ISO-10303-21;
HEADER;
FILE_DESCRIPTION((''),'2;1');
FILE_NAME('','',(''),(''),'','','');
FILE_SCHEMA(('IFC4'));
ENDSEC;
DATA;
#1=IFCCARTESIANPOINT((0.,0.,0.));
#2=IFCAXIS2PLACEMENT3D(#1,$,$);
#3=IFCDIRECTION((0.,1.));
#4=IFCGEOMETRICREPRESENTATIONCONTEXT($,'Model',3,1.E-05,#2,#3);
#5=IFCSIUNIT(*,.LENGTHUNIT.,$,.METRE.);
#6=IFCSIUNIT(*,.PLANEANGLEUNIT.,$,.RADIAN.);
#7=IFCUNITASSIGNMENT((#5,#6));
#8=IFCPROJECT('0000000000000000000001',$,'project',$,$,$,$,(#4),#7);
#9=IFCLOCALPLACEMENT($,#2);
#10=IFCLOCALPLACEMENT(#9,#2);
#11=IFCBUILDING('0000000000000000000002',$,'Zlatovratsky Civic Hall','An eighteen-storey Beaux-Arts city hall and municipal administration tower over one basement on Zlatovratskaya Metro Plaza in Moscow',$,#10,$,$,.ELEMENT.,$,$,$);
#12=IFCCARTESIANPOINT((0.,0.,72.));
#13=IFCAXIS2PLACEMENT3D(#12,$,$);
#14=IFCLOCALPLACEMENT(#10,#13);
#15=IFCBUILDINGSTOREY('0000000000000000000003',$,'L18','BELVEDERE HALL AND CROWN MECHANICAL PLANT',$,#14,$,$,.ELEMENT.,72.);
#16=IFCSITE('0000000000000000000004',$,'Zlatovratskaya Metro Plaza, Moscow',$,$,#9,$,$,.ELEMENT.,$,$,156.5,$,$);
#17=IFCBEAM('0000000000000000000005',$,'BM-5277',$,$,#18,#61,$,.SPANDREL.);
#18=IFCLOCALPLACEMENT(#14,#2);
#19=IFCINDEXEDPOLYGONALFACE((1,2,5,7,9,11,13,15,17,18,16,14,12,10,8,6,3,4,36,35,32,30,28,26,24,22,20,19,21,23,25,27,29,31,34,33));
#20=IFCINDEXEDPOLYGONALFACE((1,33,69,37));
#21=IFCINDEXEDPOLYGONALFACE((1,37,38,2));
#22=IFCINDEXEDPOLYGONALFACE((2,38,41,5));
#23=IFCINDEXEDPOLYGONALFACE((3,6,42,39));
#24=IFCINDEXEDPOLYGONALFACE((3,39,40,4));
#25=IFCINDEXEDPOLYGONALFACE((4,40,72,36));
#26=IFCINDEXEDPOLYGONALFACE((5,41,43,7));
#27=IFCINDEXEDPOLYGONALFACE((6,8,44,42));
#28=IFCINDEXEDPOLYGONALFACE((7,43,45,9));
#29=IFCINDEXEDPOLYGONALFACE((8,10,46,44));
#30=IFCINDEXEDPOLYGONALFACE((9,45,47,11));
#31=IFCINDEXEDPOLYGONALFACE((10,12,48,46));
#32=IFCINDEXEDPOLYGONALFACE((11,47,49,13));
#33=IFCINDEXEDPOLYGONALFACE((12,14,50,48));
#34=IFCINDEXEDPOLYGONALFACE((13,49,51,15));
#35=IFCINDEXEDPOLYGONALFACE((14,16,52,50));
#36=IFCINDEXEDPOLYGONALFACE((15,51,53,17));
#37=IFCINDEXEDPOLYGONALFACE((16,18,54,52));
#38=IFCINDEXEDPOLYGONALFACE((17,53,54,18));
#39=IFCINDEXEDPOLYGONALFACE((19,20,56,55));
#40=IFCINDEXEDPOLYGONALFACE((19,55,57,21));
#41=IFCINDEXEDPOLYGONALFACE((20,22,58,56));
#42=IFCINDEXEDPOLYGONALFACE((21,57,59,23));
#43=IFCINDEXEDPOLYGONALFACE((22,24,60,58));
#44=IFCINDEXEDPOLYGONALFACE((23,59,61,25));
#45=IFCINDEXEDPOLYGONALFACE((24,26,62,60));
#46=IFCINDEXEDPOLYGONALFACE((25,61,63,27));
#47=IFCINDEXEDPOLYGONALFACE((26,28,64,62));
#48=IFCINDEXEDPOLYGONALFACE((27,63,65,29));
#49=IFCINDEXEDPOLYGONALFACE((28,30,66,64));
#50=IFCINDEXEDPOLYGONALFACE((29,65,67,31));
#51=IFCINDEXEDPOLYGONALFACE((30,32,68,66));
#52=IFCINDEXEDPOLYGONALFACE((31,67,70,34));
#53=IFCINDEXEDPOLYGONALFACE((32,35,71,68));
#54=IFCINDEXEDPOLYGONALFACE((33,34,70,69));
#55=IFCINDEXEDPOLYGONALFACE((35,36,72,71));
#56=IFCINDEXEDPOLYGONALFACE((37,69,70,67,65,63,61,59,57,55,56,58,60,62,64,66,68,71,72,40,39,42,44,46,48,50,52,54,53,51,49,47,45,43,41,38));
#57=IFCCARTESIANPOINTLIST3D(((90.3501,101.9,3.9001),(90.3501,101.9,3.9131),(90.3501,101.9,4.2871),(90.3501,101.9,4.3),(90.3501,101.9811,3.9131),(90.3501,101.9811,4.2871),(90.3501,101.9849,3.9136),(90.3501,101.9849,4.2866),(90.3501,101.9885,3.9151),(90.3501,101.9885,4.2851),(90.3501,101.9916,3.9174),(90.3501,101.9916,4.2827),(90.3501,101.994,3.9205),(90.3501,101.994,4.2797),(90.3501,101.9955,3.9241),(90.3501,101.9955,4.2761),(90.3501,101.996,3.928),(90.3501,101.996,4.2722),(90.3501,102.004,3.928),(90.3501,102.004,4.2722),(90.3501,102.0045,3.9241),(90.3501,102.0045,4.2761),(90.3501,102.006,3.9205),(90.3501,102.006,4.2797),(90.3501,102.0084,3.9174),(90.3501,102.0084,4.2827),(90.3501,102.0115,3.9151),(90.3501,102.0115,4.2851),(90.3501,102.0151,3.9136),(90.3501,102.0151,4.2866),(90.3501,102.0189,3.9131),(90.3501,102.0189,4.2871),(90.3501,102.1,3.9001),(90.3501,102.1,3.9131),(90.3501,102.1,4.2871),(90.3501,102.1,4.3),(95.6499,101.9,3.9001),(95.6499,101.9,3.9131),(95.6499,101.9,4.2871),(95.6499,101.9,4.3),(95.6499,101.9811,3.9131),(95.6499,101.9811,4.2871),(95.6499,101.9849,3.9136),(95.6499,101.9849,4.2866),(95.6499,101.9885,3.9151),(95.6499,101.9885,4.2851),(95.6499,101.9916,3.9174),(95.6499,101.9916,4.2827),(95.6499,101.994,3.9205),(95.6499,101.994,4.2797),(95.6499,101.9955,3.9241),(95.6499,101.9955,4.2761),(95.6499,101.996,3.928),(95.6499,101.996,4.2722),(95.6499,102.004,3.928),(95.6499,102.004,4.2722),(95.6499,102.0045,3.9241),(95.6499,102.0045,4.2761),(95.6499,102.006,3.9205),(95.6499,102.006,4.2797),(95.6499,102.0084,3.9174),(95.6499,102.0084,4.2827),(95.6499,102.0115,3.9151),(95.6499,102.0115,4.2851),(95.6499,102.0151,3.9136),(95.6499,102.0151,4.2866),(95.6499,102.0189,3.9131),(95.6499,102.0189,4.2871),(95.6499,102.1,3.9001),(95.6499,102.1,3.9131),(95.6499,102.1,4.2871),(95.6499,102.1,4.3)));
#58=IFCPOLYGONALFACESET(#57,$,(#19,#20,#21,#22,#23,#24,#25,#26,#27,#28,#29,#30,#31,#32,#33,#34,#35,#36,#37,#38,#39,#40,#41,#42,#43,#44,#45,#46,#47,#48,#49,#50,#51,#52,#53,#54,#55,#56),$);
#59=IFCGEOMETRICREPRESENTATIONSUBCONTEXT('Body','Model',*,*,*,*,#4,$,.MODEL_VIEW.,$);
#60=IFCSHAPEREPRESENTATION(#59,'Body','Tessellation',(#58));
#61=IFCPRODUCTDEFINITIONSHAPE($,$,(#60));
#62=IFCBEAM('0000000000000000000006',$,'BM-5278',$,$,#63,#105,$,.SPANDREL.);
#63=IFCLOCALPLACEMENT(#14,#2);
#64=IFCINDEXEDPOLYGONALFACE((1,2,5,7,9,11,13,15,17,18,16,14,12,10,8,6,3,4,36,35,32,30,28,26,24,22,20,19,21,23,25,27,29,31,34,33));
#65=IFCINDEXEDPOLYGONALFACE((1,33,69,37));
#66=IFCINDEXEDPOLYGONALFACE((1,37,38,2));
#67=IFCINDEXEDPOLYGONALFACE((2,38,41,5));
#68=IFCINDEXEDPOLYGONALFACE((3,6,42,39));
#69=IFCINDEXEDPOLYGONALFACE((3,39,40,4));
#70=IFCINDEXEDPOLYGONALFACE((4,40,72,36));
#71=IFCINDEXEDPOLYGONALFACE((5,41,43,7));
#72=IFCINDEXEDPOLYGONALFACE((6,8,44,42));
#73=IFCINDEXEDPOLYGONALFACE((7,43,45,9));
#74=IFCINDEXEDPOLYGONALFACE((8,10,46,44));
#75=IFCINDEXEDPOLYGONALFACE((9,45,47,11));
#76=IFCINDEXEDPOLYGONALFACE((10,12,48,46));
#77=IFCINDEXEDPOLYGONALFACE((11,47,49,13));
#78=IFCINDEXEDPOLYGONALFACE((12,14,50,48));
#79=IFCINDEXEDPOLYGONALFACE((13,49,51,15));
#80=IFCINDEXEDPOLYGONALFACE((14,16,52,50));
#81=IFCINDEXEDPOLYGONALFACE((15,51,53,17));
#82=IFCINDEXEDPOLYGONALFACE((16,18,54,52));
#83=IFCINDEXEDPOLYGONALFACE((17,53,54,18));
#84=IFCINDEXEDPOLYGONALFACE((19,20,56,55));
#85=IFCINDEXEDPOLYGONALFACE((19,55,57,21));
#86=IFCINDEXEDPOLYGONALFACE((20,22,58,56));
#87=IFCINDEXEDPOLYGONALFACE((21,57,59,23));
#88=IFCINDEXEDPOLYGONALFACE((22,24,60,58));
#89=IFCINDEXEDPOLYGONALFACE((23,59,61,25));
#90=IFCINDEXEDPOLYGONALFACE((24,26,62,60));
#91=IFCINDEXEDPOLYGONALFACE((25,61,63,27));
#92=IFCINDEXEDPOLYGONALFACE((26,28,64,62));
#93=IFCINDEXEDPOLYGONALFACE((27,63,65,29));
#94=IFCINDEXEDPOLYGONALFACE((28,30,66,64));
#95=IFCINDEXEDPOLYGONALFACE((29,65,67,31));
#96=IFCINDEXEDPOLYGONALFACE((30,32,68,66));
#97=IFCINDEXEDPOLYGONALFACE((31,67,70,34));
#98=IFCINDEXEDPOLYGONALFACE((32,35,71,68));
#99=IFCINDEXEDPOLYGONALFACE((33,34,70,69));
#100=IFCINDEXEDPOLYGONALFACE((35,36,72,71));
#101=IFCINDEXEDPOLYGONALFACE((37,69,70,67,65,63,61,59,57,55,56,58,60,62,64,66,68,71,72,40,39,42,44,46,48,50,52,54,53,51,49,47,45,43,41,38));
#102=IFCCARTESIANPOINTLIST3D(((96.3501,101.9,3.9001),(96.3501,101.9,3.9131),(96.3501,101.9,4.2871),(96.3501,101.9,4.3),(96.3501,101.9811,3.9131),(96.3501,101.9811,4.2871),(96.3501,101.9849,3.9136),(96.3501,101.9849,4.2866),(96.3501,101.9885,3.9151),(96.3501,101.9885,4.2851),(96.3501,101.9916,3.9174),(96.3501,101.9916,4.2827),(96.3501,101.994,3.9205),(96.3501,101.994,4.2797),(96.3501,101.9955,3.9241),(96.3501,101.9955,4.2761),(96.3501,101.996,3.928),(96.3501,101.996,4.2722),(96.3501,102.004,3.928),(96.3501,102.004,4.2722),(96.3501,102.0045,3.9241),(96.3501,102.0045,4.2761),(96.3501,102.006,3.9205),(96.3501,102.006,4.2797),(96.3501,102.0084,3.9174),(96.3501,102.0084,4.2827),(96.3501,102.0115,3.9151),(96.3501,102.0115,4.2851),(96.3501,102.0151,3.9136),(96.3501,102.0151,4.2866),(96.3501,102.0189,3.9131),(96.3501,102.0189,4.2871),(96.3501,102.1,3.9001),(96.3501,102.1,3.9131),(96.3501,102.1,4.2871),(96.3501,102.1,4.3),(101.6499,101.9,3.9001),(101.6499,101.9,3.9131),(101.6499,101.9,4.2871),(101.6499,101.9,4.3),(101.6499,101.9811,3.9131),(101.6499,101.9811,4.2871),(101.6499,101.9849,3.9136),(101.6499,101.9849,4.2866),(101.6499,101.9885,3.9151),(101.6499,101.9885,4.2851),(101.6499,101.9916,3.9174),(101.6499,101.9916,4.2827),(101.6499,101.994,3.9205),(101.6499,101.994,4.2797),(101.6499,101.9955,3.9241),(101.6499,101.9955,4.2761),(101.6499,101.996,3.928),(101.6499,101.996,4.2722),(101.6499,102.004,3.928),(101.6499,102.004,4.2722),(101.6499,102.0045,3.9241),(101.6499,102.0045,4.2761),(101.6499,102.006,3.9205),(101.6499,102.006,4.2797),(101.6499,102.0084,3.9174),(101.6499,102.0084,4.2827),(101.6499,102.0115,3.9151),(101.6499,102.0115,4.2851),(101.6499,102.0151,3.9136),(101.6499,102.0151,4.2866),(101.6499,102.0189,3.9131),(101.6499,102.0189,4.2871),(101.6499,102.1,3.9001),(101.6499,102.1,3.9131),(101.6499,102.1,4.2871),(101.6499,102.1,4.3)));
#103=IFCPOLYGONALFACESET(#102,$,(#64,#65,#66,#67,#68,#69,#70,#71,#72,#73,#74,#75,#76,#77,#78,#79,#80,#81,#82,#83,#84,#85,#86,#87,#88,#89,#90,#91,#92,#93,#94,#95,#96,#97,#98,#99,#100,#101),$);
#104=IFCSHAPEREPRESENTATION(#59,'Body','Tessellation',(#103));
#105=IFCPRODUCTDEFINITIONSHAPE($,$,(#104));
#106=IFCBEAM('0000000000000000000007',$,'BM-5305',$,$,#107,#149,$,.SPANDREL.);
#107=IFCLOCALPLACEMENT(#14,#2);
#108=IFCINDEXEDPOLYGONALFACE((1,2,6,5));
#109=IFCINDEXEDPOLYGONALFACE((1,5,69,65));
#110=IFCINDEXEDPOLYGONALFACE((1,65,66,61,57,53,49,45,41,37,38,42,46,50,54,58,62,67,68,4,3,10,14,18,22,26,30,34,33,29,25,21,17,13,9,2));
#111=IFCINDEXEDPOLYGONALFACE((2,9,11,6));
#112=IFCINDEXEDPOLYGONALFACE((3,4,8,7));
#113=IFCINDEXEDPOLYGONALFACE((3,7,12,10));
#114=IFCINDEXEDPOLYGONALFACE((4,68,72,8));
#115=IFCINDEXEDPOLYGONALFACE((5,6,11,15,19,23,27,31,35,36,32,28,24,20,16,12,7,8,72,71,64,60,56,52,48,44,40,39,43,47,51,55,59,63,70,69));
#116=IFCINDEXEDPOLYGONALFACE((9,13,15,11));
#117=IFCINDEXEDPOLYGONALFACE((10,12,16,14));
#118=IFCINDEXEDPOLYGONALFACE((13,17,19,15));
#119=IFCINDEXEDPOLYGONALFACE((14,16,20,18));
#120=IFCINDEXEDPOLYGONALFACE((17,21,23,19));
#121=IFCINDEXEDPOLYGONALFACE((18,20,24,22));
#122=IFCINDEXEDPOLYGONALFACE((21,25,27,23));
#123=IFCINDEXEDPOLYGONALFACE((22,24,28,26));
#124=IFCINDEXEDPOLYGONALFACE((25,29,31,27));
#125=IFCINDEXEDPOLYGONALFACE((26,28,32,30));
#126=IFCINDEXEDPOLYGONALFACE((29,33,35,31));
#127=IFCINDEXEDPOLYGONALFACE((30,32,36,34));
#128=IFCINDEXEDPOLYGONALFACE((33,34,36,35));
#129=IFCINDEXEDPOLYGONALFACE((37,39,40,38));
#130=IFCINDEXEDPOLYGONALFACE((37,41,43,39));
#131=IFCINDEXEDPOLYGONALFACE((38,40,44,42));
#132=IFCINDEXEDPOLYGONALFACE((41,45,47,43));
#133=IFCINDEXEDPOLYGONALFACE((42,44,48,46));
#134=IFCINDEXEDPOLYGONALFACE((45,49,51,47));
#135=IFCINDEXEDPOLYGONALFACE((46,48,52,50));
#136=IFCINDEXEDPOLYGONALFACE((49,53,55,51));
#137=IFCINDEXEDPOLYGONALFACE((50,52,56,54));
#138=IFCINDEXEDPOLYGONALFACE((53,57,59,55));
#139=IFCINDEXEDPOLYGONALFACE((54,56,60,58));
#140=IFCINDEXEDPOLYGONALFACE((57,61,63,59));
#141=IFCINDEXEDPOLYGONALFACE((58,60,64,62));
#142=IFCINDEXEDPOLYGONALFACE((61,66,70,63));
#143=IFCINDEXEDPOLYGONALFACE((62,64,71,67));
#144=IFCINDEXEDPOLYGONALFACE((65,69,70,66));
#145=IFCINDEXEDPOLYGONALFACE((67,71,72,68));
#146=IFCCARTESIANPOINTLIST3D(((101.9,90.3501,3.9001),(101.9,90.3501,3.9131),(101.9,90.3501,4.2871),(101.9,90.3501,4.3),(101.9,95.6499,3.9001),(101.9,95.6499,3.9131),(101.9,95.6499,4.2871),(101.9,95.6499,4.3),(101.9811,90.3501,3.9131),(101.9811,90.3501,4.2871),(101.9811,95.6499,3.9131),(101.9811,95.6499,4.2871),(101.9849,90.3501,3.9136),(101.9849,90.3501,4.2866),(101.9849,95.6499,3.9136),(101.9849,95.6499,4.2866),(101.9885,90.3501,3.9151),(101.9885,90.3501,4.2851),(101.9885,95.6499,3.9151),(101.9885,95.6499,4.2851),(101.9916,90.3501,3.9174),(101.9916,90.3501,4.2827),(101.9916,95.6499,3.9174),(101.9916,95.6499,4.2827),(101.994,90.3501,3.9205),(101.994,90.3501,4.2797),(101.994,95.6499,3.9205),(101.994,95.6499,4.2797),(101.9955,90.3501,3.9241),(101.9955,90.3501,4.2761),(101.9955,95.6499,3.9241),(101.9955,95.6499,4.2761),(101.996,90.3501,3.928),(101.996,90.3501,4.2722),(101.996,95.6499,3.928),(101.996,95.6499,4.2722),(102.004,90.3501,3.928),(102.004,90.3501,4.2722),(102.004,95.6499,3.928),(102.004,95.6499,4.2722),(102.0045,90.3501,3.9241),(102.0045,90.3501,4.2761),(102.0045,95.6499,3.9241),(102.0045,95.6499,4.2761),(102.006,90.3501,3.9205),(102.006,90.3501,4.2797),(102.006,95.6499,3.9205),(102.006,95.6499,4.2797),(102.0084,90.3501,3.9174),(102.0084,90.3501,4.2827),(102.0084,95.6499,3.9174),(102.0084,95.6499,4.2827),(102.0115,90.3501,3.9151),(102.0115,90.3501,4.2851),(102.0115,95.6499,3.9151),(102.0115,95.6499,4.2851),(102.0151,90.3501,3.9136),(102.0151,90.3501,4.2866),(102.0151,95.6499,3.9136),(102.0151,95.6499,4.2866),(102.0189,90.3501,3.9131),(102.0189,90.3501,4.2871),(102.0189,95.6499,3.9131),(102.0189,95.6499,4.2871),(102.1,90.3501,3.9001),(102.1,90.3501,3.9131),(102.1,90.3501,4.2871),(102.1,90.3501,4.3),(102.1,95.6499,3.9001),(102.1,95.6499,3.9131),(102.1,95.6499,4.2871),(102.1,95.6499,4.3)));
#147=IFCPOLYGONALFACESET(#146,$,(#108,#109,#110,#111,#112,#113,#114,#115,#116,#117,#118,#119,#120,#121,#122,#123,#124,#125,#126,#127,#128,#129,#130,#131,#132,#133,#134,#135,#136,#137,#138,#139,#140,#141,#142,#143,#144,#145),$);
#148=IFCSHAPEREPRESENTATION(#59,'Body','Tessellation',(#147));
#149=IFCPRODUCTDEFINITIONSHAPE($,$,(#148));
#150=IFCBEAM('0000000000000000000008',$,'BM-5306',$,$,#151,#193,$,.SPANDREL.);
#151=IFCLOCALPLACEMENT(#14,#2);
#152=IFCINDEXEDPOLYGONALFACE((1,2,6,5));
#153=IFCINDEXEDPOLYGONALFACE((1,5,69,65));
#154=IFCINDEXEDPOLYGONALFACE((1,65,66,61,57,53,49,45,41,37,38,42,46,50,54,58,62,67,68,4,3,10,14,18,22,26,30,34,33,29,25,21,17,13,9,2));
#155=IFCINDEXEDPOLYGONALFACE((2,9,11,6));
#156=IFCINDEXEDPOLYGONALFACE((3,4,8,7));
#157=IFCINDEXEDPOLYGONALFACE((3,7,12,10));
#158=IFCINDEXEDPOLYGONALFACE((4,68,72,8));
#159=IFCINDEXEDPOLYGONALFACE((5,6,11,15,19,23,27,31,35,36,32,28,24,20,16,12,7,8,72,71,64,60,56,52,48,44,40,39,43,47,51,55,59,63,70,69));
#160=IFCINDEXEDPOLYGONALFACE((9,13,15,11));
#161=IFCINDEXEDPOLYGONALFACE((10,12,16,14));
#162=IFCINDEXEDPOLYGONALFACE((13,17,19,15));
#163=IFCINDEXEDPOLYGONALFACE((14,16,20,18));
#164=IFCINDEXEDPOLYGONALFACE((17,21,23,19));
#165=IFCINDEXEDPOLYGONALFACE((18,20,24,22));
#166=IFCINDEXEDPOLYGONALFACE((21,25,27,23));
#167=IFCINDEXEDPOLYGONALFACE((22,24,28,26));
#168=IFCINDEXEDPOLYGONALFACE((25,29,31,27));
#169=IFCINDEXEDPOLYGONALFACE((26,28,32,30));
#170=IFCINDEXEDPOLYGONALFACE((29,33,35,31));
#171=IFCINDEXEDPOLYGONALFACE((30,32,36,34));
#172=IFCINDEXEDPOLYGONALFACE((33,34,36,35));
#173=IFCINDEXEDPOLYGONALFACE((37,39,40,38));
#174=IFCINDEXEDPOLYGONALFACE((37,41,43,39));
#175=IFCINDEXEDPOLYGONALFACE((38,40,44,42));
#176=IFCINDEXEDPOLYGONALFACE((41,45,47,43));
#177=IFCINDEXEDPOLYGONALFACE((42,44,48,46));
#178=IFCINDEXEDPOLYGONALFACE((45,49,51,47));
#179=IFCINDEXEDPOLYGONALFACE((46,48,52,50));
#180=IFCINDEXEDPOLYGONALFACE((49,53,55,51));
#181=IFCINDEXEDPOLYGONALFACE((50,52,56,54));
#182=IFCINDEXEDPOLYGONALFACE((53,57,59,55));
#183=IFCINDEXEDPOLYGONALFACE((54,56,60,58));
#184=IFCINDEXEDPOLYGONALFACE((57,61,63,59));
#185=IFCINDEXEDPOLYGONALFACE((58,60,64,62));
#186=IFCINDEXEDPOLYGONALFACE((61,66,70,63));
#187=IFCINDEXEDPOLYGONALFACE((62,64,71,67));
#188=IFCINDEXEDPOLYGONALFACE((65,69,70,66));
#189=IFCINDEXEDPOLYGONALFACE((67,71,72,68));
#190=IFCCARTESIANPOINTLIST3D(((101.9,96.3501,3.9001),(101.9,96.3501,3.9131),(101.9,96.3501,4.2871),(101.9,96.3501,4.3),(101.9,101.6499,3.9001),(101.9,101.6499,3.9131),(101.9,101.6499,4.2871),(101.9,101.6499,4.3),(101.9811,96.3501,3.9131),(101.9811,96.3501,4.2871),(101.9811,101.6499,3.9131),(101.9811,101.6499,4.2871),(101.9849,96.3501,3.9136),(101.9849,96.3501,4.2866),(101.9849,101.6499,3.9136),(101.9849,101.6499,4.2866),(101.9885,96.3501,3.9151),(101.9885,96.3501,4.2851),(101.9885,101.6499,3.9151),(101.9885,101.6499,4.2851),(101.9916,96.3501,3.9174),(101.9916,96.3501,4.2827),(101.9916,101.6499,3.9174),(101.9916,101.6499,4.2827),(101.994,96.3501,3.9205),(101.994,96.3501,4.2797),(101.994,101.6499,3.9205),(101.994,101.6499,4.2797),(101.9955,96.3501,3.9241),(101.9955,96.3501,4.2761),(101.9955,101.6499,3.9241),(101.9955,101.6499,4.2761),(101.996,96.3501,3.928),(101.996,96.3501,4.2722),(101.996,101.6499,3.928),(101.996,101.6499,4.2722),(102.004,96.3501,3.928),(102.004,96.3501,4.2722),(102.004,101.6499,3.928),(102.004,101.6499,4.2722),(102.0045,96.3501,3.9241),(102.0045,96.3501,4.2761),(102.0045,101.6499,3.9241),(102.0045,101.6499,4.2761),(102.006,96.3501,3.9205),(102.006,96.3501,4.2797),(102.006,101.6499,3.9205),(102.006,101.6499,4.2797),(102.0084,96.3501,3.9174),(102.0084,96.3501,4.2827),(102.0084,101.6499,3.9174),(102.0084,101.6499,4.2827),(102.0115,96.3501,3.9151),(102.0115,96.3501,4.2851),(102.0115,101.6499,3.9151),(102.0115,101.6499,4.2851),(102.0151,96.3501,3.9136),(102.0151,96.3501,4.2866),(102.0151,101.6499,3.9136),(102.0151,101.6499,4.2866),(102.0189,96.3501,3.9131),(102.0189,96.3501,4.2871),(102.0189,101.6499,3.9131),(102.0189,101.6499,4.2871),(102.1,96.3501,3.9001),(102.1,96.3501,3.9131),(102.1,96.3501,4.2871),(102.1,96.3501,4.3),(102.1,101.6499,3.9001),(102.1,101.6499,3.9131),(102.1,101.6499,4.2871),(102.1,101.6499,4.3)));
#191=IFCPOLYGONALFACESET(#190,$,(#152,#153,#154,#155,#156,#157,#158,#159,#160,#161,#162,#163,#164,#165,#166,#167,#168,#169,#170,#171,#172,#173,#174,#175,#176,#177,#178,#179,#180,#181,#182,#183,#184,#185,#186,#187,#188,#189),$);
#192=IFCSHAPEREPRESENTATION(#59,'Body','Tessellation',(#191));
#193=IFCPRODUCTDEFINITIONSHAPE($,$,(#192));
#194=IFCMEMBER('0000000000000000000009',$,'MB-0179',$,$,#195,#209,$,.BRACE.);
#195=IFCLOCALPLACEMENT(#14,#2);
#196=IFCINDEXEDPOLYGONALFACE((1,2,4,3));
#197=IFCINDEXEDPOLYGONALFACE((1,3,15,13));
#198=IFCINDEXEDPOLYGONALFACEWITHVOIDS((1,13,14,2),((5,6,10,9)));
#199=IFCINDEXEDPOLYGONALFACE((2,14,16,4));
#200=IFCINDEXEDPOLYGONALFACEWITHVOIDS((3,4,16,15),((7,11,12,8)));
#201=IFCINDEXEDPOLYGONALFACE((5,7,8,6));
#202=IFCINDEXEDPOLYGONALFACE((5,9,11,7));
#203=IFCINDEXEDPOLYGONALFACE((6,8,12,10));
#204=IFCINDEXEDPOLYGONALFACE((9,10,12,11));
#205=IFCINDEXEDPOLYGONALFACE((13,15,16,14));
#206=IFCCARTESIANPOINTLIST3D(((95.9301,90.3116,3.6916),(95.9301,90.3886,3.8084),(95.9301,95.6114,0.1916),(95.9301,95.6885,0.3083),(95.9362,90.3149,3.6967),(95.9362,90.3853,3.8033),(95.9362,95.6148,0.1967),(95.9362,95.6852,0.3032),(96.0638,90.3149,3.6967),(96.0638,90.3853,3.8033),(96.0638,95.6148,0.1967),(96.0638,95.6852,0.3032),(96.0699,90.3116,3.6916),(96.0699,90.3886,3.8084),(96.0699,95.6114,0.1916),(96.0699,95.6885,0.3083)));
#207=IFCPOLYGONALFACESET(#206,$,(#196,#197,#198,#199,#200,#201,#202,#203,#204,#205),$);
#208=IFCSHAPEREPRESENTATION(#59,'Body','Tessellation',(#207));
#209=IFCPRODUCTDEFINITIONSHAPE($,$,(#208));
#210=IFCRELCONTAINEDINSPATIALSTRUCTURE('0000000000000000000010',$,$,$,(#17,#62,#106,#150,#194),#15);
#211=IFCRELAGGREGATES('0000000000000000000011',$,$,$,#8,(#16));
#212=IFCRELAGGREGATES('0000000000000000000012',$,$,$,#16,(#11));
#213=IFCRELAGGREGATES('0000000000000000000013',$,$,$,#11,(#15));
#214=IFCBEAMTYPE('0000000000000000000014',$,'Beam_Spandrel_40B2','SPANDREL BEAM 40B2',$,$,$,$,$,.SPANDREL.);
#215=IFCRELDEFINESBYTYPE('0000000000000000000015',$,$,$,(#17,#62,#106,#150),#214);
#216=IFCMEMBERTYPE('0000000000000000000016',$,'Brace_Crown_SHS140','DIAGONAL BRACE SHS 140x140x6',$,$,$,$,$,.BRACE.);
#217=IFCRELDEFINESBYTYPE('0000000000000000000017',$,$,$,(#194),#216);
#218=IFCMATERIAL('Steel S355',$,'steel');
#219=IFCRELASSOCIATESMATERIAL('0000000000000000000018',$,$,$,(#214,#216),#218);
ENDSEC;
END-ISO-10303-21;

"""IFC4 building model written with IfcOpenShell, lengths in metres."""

from ifc_helpers import new_model, si_unit, direction, frame, origin, origin_2d, place, context, subcontext, project, spatial, hollow_rectangle, i_section, extrude, material, material_profile, profile_set, type_object, element, save


model = new_model("IFC4")

# Units and contexts
model_context = context("Model", 3, precision=1e-05, world=origin(), true_north=direction((0.0, 1.0)))
body_context = subcontext(model_context, "Body", "Model", "MODEL_VIEW")
ifc_project = project(units=[si_unit("LENGTHUNIT", "METRE"), si_unit("PLANEANGLEUNIT", "RADIAN")], contexts=[model_context])

# Site, building, storey
site_placement = place(None, origin())
site = spatial("IfcSite", under=ifc_project, at=site_placement, Name="Zlatovratskaya Metro Plaza, Moscow", CompositionType="ELEMENT", RefElevation=156.5)
building_placement = place(site_placement, origin())
building = spatial("IfcBuilding", under=site, at=building_placement, Name="Zlatovratsky Civic Hall", Description="An eighteen-storey Beaux-Arts city hall and municipal administration tower over one basement on Zlatovratskaya Metro Plaza in Moscow", CompositionType="ELEMENT")
storey_placement = place(building_placement, frame((0.0, 0.0, 72.0)))
storey = spatial("IfcBuildingStorey", under=building, at=storey_placement, Name="L18", Description="BELVEDERE HALL AND CROWN MECHANICAL PLANT", CompositionType="ELEMENT", Elevation=72.0)

# Beams
ifc_material_1 = material(Name="Steel S355", Category="steel")
ifc_material_profile_1 = material_profile(ifc_material_1, i_section(OverallWidth=0.2, OverallDepth=0.3999, WebThickness=0.0081, FlangeThickness=0.0129, FilletRadius=0.0149, at=origin_2d()), Name="40B2")
ifc_profile_set_1 = profile_set([ifc_material_profile_1], Name="Steel S355")
beam_type_1 = type_object("IfcBeamType", Name="Beam_Spandrel_40B2", Description="SPANDREL BEAM 40B2", PredefinedType="SPANDREL", material=ifc_profile_set_1)
for number, where, z_axis, x_axis, name in (
    (1, (90.3501, 102.0, 4.1001), (1.0, 0.0, 0.0), (0.0, 1.0, 0.0), "BM-5277"),
    (2, (96.3501, 102.0, 4.1001), (1.0, 0.0, 0.0), (0.0, 1.0, 0.0), "BM-5278"),
    (3, (102.0, 90.3501, 4.1001), (0.0, 1.0, 0.0), (-1.0, 0.0, 0.0), "BM-5305"),
    (4, (102.0, 96.3501, 4.1001), (0.0, 1.0, 0.0), (-1.0, 0.0, 0.0), "BM-5306"),
):
    element("IfcBeam", number, at=place(storey_placement, frame(where, z_axis=z_axis, x_axis=x_axis)), inside=storey, type_object=beam_type_1, Name=name, PredefinedType="SPANDREL", context=body_context, shape_type="SweptSolid", body=[
        extrude(i_section(OverallWidth=0.2, OverallDepth=0.3999, WebThickness=0.0081, FlangeThickness=0.0129, FilletRadius=0.0149, at=origin_2d()), origin(), (0.0, 0.0, 1.0), 5.2998),
    ])

# Member
ifc_material_profile_2 = material_profile(ifc_material_1, hollow_rectangle(XDim=0.1399, YDim=0.1399, WallThickness=0.0061, at=origin_2d()), Name="SHS 140x140x6")
ifc_profile_set_2 = profile_set([ifc_material_profile_2], Name="Steel S355")
member_type = type_object("IfcMemberType", Name="Brace_Crown_SHS140", Description="DIAGONAL BRACE SHS 140x140x6", PredefinedType="BRACE", material=ifc_profile_set_2)
member_placement = place(storey_placement, frame((96.0, 90.3501, 3.75), z_axis=(0.0, 0.834455, -0.551076), x_axis=(-1.0, 0.0, 0.0)))
element("IfcMember", 5, at=member_placement, inside=storey, type_object=member_type, Name="MB-0179", PredefinedType="BRACE", context=body_context, shape_type="SweptSolid", body=[
    extrude(hollow_rectangle(XDim=0.1399, YDim=0.1399, WallThickness=0.0061, at=origin_2d()), origin(), (0.0, 0.0, 1.0), 6.3513),
])

save(model, "model.ifc")
